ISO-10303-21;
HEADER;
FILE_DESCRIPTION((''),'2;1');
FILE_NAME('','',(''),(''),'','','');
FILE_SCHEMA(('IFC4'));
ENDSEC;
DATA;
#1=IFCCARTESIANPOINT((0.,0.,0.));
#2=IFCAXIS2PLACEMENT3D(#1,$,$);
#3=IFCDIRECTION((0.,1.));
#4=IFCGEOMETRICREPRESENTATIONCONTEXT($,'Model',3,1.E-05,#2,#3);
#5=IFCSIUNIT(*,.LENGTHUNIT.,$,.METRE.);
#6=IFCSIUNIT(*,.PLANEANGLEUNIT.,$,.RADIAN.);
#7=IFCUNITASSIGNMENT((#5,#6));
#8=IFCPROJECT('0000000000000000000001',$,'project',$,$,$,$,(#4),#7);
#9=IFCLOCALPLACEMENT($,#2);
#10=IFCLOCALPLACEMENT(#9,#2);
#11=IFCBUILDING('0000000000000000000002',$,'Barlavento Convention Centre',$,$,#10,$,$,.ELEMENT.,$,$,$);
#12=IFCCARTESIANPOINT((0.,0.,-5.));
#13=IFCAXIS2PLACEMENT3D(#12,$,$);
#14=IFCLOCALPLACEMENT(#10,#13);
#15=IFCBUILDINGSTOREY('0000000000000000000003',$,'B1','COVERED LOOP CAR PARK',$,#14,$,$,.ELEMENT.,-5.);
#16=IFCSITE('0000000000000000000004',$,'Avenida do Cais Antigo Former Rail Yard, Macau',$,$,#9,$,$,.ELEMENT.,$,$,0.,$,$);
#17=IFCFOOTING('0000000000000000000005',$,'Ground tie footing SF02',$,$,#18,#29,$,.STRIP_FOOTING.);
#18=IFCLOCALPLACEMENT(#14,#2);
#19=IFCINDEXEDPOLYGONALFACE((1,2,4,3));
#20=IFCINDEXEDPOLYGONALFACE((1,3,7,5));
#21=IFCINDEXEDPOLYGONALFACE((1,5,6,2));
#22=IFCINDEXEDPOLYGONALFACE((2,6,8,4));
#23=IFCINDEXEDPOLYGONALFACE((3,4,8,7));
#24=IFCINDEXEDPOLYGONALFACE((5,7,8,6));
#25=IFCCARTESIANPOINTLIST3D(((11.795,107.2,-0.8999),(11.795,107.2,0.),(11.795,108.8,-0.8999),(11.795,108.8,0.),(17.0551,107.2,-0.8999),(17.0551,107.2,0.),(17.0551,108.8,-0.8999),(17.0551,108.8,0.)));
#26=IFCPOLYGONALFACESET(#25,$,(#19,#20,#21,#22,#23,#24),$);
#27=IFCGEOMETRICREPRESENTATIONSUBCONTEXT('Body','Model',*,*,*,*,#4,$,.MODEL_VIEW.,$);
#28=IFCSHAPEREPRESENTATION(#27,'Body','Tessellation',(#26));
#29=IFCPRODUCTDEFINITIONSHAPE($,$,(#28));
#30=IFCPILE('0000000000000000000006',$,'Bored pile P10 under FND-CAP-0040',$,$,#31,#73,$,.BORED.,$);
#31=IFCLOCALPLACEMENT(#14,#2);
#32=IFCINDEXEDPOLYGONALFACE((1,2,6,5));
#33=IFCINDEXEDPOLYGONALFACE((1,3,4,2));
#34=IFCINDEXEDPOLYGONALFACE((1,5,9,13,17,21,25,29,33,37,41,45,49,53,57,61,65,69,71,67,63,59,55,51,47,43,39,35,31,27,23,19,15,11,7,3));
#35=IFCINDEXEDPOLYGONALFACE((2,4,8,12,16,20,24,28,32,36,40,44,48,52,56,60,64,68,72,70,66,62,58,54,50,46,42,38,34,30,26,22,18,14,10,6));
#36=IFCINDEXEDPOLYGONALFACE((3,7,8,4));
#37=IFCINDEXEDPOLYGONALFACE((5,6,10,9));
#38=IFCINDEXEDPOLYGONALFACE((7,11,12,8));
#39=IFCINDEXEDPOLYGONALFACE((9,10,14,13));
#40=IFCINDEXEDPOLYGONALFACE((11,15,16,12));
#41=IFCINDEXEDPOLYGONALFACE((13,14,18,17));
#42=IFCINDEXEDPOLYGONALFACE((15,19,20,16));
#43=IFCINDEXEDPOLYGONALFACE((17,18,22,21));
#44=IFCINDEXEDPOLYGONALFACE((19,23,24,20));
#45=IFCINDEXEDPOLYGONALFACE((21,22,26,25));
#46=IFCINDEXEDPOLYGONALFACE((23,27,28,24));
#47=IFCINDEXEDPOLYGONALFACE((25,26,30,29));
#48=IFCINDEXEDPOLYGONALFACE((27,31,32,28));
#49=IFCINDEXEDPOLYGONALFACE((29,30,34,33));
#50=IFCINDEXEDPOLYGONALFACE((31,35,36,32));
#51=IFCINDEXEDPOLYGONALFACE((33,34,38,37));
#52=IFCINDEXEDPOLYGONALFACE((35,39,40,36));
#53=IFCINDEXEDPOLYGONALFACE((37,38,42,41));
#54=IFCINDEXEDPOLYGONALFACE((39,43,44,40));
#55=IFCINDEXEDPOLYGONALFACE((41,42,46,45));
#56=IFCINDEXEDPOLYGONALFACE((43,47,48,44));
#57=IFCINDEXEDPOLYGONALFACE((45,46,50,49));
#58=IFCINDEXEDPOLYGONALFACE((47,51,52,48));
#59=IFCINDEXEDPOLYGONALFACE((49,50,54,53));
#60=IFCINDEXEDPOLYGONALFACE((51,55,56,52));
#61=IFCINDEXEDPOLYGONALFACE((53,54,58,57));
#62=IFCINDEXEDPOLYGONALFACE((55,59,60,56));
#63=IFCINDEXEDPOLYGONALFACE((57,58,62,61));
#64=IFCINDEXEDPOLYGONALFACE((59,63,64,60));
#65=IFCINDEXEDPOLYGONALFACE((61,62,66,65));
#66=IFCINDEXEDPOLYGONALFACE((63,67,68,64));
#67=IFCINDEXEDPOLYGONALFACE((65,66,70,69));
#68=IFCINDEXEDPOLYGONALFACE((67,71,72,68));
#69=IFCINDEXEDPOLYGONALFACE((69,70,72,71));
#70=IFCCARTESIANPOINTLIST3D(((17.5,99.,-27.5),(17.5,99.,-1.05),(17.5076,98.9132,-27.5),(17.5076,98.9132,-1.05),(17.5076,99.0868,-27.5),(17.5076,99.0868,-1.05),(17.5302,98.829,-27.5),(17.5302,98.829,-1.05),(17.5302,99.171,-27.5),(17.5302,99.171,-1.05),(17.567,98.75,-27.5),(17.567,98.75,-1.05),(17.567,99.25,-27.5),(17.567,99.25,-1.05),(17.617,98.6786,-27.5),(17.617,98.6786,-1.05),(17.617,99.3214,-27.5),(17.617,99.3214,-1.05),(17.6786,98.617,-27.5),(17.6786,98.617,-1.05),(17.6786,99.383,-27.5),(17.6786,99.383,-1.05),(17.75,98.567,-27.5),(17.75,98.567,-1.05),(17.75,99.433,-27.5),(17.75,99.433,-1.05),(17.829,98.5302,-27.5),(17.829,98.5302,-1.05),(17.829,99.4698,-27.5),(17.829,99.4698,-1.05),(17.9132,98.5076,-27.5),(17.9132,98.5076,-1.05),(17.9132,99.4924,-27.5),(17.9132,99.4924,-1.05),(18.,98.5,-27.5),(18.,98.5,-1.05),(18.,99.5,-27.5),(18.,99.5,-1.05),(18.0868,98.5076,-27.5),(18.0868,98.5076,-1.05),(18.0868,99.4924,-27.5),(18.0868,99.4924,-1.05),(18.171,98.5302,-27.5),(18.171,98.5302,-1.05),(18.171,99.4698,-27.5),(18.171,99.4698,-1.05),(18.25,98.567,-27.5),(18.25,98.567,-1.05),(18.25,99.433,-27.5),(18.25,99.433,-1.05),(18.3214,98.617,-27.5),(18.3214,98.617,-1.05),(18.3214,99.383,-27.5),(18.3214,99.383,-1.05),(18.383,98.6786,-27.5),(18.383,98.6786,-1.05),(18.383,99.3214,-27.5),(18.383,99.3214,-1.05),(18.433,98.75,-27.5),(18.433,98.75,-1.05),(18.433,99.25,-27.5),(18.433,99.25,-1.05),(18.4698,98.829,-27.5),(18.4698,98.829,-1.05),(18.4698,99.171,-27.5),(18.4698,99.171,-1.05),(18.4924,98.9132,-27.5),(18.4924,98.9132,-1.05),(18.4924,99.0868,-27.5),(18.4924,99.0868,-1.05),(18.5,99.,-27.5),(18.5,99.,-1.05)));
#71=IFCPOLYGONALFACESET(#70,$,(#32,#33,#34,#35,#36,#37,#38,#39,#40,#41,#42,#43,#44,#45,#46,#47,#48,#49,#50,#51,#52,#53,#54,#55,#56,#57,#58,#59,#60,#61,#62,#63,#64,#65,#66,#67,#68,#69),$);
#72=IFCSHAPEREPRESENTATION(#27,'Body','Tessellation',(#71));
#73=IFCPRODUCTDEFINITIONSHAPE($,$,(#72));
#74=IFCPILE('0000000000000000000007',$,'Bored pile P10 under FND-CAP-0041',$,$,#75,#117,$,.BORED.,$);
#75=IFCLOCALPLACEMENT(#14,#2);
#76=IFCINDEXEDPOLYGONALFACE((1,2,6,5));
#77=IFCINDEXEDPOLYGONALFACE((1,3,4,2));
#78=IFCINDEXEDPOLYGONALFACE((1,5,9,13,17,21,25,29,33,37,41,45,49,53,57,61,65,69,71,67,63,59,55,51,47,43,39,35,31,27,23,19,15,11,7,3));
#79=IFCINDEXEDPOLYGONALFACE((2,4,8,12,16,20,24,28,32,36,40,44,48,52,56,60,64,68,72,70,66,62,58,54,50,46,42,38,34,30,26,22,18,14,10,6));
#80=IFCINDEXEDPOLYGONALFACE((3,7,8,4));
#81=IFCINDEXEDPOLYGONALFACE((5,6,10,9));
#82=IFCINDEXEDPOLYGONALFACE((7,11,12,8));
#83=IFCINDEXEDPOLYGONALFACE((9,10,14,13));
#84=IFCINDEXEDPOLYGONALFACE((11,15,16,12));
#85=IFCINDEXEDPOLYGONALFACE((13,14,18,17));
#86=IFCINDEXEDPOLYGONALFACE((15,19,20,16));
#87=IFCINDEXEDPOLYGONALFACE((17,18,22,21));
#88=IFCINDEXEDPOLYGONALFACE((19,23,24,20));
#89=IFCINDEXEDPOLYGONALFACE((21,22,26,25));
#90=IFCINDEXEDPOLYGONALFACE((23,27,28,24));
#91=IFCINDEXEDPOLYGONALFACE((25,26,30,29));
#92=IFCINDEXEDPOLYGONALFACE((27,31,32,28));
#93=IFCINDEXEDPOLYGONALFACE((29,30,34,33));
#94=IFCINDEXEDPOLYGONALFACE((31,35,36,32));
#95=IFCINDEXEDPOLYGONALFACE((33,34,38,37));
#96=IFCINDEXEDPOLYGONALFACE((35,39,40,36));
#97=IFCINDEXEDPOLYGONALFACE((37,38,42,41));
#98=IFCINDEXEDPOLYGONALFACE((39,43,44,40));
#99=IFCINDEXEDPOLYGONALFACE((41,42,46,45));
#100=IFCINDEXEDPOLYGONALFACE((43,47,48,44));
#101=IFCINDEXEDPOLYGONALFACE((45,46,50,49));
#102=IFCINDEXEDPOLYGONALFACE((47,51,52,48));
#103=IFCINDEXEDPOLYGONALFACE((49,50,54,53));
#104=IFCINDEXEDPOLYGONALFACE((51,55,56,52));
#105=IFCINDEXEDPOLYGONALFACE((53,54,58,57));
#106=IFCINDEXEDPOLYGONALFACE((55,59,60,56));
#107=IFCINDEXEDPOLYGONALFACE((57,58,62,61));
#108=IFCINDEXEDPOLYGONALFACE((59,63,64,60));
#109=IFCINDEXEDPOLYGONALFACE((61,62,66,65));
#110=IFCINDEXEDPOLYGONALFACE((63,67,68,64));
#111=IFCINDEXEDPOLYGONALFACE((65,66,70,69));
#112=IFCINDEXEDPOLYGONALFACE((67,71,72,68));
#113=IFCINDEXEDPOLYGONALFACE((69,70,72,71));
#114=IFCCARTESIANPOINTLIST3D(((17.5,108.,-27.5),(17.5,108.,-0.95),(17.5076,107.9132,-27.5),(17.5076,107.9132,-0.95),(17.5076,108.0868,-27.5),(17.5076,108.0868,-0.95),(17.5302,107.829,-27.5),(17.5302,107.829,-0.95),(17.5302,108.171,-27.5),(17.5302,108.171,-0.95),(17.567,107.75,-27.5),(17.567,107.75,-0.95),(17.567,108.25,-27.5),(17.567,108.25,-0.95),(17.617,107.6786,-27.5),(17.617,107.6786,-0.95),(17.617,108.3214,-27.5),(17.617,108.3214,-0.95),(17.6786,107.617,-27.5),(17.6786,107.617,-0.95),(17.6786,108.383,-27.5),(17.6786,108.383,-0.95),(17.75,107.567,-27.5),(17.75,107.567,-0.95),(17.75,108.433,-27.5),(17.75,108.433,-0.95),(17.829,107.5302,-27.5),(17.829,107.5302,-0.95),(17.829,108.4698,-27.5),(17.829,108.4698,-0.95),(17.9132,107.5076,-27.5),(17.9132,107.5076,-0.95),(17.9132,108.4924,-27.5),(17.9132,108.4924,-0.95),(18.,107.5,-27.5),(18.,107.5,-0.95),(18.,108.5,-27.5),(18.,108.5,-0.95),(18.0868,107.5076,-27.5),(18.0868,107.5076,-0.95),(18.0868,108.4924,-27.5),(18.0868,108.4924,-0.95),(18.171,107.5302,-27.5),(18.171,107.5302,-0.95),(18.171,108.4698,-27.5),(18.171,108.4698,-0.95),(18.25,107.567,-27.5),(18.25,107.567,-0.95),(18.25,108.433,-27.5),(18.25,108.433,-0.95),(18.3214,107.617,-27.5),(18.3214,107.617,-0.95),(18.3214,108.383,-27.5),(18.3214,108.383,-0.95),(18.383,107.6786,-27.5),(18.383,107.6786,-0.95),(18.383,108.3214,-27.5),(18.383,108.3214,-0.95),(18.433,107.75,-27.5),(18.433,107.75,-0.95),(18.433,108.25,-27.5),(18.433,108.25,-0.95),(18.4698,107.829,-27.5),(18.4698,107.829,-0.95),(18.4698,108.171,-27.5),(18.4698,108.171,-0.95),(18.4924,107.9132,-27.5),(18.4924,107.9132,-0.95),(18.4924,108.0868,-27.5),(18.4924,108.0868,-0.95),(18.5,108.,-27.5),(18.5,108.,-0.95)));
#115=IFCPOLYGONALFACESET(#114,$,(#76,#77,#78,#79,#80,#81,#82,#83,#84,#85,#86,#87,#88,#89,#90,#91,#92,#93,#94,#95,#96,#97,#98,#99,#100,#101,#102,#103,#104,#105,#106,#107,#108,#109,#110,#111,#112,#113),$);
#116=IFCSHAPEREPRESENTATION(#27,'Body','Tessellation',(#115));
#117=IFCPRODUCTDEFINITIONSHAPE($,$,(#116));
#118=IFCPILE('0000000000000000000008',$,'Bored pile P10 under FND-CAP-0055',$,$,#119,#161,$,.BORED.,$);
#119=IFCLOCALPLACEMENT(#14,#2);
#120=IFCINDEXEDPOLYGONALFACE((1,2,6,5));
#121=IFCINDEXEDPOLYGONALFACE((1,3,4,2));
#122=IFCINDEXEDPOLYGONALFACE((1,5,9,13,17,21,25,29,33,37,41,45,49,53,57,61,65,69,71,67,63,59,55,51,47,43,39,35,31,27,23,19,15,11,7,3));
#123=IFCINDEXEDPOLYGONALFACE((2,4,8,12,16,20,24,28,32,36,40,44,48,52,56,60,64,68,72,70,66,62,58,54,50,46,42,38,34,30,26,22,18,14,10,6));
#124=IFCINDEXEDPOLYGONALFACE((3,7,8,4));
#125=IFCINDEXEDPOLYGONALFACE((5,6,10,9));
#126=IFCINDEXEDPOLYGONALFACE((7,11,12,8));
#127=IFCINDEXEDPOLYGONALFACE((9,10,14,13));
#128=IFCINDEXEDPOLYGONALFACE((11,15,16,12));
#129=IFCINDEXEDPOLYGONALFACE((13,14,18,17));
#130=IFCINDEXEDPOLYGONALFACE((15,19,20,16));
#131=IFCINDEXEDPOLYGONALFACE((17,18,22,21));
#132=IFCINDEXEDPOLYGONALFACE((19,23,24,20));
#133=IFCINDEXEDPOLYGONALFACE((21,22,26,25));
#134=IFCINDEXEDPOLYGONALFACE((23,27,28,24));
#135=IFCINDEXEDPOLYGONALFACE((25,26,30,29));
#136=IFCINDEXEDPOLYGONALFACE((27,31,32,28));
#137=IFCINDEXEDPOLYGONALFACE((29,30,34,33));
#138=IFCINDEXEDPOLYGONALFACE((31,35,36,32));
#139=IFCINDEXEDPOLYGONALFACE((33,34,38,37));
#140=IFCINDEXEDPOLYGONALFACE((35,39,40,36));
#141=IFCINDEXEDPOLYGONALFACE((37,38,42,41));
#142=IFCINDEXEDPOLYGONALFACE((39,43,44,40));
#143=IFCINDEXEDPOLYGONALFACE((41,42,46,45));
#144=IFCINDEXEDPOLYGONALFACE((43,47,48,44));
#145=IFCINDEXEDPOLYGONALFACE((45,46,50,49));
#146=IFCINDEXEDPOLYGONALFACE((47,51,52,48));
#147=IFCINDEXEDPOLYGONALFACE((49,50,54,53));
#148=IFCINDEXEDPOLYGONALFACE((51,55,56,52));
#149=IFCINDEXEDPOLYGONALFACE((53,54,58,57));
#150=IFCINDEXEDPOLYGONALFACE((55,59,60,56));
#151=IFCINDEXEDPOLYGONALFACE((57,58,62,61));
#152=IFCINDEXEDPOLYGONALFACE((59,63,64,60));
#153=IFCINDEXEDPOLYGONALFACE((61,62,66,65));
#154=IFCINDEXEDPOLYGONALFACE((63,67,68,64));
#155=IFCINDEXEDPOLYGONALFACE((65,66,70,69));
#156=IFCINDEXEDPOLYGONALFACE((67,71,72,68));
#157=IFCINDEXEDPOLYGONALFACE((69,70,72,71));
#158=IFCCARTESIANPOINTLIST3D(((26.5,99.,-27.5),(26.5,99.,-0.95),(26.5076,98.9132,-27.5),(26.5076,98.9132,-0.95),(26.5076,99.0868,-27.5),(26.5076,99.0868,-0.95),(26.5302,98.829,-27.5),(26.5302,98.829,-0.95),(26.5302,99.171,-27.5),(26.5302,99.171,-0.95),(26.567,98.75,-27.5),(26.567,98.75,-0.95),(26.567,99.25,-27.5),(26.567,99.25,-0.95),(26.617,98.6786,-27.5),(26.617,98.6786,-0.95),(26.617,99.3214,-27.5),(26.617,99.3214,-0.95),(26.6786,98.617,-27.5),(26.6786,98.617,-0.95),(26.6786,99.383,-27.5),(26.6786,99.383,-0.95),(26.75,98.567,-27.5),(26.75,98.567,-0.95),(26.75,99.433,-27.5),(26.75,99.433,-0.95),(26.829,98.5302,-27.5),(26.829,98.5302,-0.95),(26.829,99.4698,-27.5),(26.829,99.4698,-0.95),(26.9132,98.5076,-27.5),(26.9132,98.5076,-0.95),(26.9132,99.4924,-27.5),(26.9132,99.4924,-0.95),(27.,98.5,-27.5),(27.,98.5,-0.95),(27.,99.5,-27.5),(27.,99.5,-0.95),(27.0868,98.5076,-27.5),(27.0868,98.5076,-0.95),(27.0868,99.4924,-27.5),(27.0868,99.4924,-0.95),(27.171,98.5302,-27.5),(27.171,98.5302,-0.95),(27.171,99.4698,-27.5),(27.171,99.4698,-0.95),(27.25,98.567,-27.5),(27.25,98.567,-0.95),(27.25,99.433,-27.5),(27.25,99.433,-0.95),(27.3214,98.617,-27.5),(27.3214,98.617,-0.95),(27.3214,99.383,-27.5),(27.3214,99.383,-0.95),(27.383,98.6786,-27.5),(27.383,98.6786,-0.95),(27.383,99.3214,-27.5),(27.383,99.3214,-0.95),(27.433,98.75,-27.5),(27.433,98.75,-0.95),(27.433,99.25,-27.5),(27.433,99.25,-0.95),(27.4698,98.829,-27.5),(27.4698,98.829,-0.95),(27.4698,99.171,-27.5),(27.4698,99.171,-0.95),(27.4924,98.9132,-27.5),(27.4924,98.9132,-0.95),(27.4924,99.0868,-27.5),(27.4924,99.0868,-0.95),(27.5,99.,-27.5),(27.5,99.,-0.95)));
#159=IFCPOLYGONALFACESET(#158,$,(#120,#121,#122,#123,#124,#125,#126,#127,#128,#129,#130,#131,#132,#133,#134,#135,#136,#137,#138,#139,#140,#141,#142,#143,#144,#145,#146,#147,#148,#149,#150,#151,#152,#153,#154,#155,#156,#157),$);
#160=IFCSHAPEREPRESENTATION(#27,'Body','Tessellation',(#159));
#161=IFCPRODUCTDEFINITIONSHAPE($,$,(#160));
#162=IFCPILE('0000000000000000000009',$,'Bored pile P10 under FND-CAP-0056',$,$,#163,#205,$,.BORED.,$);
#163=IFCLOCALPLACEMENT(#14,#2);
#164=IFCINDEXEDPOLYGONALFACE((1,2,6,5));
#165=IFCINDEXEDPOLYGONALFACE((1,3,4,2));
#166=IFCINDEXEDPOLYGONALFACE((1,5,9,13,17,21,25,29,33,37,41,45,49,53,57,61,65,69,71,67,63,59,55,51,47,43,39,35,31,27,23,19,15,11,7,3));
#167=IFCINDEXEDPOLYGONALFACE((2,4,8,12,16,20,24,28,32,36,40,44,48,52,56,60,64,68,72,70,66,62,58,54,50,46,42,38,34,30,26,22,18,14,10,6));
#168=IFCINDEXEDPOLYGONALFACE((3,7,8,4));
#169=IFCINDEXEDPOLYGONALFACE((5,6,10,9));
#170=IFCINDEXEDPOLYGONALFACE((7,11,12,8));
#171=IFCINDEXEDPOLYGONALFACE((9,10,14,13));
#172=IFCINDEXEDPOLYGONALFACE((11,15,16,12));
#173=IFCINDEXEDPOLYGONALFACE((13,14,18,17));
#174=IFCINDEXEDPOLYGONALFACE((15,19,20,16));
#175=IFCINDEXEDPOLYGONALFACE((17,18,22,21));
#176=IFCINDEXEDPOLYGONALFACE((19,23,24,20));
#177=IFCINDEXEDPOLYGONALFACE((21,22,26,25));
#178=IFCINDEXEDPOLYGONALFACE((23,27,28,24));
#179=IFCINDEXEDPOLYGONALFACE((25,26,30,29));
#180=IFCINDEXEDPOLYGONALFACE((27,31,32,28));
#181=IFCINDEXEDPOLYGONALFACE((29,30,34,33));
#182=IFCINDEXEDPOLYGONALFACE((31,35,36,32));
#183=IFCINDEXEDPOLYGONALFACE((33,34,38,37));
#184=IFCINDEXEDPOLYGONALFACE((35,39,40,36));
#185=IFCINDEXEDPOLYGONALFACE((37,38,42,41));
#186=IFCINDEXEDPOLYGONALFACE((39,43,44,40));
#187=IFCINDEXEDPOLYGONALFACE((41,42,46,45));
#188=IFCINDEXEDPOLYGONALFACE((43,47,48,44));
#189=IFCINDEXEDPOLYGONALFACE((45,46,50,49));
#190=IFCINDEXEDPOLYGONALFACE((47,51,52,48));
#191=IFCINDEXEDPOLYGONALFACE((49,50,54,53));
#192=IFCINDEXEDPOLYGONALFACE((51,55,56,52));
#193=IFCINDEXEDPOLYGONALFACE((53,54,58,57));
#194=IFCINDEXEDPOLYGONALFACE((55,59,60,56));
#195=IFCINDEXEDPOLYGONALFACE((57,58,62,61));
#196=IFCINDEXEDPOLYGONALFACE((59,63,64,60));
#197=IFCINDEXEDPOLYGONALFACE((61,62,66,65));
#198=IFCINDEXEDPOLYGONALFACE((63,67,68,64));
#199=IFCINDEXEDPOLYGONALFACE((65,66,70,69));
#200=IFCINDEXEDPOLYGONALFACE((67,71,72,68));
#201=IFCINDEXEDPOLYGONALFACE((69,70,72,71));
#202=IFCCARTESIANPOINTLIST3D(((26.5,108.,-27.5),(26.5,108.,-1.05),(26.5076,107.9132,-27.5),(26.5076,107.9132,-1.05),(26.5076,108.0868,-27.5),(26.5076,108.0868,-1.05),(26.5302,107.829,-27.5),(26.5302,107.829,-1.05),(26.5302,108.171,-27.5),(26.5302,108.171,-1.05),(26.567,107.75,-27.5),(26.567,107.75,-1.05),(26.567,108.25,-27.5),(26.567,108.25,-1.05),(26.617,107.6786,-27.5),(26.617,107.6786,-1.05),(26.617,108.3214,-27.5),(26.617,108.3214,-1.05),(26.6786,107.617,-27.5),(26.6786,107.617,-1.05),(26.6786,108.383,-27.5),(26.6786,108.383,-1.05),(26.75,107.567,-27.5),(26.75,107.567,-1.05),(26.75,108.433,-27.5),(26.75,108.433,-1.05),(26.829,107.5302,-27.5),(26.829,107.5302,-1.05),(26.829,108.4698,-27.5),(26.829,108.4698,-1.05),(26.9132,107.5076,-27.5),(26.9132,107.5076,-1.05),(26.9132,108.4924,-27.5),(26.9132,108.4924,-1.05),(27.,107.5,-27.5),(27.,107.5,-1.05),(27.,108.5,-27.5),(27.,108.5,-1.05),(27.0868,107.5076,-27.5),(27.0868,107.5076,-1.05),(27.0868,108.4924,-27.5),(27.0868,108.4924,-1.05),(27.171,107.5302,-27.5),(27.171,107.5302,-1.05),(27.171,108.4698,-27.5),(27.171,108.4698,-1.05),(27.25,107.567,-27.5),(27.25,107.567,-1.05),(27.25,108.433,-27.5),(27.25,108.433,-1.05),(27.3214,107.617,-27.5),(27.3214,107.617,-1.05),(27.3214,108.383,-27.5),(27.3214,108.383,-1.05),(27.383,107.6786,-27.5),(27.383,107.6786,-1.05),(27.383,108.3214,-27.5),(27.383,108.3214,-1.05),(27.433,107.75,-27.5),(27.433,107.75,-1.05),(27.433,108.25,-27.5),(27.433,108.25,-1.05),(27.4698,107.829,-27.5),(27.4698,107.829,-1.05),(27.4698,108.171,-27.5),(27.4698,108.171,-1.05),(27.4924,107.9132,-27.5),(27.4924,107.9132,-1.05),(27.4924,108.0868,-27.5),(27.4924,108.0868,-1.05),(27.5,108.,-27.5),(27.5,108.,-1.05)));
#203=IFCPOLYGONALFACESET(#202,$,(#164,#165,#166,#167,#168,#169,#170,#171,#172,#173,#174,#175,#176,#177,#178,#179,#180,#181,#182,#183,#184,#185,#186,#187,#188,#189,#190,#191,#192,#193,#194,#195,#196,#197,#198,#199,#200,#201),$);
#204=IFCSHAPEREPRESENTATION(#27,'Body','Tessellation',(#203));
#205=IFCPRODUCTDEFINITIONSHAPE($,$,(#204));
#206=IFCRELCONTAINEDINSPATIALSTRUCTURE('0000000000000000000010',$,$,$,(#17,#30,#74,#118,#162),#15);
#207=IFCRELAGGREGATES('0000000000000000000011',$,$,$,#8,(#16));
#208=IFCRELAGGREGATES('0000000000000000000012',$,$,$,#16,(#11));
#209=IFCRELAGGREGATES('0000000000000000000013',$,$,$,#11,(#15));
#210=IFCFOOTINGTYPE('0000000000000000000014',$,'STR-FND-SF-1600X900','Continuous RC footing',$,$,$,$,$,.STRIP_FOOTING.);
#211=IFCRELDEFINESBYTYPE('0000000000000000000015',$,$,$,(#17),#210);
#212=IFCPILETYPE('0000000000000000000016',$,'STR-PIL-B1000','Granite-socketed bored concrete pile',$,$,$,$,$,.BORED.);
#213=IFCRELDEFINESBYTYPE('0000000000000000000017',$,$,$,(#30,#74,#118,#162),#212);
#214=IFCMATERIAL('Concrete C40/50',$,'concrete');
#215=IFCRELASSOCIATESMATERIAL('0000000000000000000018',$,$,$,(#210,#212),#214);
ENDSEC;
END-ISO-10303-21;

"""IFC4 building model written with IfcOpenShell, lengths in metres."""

from ifc_helpers import new_model, si_unit, direction, frame, origin, origin_2d, place, context, subcontext, project, spatial, rectangle, circle, extrude, material, material_profile, profile_set, type_object, element, save


model = new_model("IFC4")

# Units and contexts
model_context = context("Model", 3, precision=1e-05, world=origin(), true_north=direction((0.0, 1.0)))
body_context = subcontext(model_context, "Body", "Model", "MODEL_VIEW")
ifc_project = project(units=[si_unit("LENGTHUNIT", "METRE"), si_unit("PLANEANGLEUNIT", "RADIAN")], contexts=[model_context])

# Site, building, storey
site_placement = place(None, origin())
site = spatial("IfcSite", under=ifc_project, at=site_placement, Name="Avenida do Cais Antigo Former Rail Yard, Macau", CompositionType="ELEMENT", RefElevation=0.0)
building_placement = place(site_placement, origin())
building = spatial("IfcBuilding", under=site, at=building_placement, Name="Barlavento Convention Centre", CompositionType="ELEMENT")
storey_placement = place(building_placement, frame((0.0, 0.0, -5.0)))
storey = spatial("IfcBuildingStorey", under=building, at=storey_placement, Name="B1", Description="COVERED LOOP CAR PARK", CompositionType="ELEMENT", Elevation=-5.0)

# Footing
ifc_material_1 = material(Name="Concrete C40/50", Category="concrete")
footing_type_1 = type_object("IfcFootingType", Name="STR-FND-SF-1600X900", Description="Continuous RC footing", PredefinedType="STRIP_FOOTING", material=ifc_material_1)
footing_1_placement = place(storey_placement, frame((14.425, 108.0, -0.8999), z_axis=(0.0, 0.0, 1.0), x_axis=(1.0, 0.0, 0.0)))
element("IfcFooting", 1, at=footing_1_placement, inside=storey, type_object=footing_type_1, Name="Ground tie footing SF02", PredefinedType="STRIP_FOOTING", context=body_context, shape_type="SweptSolid", body=[
    extrude(rectangle(XDim=5.26, YDim=1.6001, at=origin_2d()), origin(), (0.0, 0.0, 1.0), 0.8999),
])

# Piles
ifc_material_profile_1 = material_profile(ifc_material_1, circle(Radius=0.5, at=origin_2d()), Name="BORED PILE 1000")
ifc_profile_set_1 = profile_set([ifc_material_profile_1], Name="Concrete C40/50")
pile_type_1 = type_object("IfcPileType", Name="STR-PIL-B1000", Description="Granite-socketed bored concrete pile", PredefinedType="BORED", material=ifc_profile_set_1)
pile_1_placement = place(storey_placement, frame((18.0, 99.0, -1.05), z_axis=(0.0, 0.0, -1.0), x_axis=(1.0, 0.0, 0.0)))
element("IfcPile", 2, at=pile_1_placement, inside=storey, type_object=pile_type_1, Name="Bored pile P10 under FND-CAP-0040", PredefinedType="BORED", context=body_context, shape_type="SweptSolid", body=[
    extrude(circle(Radius=0.5, at=origin_2d()), origin(), (0.0, 0.0, 1.0), 26.45),
])
for number, where, z_axis, x_axis, name in (
    (3, (18.0, 108.0, -0.95), (0.0, 0.0, -1.0), (1.0, 0.0, 0.0), "Bored pile P10 under FND-CAP-0041"),
    (4, (27.0, 99.0, -0.95), (0.0, 0.0, -1.0), (1.0, 0.0, 0.0), "Bored pile P10 under FND-CAP-0055"),
):
    element("IfcPile", number, at=place(storey_placement, frame(where, z_axis=z_axis, x_axis=x_axis)), inside=storey, type_object=pile_type_1, Name=name, PredefinedType="BORED", context=body_context, shape_type="SweptSolid", body=[
        extrude(circle(Radius=0.5, at=origin_2d()), origin(), (0.0, 0.0, 1.0), 26.55),
    ])
pile_2_placement = place(storey_placement, frame((27.0, 108.0, -1.05), z_axis=(0.0, 0.0, -1.0), x_axis=(1.0, 0.0, 0.0)))
element("IfcPile", 5, at=pile_2_placement, inside=storey, type_object=pile_type_1, Name="Bored pile P10 under FND-CAP-0056", PredefinedType="BORED", context=body_context, shape_type="SweptSolid", body=[
    extrude(circle(Radius=0.5, at=origin_2d()), origin(), (0.0, 0.0, 1.0), 26.45),
])

save(model, "model.ifc")
